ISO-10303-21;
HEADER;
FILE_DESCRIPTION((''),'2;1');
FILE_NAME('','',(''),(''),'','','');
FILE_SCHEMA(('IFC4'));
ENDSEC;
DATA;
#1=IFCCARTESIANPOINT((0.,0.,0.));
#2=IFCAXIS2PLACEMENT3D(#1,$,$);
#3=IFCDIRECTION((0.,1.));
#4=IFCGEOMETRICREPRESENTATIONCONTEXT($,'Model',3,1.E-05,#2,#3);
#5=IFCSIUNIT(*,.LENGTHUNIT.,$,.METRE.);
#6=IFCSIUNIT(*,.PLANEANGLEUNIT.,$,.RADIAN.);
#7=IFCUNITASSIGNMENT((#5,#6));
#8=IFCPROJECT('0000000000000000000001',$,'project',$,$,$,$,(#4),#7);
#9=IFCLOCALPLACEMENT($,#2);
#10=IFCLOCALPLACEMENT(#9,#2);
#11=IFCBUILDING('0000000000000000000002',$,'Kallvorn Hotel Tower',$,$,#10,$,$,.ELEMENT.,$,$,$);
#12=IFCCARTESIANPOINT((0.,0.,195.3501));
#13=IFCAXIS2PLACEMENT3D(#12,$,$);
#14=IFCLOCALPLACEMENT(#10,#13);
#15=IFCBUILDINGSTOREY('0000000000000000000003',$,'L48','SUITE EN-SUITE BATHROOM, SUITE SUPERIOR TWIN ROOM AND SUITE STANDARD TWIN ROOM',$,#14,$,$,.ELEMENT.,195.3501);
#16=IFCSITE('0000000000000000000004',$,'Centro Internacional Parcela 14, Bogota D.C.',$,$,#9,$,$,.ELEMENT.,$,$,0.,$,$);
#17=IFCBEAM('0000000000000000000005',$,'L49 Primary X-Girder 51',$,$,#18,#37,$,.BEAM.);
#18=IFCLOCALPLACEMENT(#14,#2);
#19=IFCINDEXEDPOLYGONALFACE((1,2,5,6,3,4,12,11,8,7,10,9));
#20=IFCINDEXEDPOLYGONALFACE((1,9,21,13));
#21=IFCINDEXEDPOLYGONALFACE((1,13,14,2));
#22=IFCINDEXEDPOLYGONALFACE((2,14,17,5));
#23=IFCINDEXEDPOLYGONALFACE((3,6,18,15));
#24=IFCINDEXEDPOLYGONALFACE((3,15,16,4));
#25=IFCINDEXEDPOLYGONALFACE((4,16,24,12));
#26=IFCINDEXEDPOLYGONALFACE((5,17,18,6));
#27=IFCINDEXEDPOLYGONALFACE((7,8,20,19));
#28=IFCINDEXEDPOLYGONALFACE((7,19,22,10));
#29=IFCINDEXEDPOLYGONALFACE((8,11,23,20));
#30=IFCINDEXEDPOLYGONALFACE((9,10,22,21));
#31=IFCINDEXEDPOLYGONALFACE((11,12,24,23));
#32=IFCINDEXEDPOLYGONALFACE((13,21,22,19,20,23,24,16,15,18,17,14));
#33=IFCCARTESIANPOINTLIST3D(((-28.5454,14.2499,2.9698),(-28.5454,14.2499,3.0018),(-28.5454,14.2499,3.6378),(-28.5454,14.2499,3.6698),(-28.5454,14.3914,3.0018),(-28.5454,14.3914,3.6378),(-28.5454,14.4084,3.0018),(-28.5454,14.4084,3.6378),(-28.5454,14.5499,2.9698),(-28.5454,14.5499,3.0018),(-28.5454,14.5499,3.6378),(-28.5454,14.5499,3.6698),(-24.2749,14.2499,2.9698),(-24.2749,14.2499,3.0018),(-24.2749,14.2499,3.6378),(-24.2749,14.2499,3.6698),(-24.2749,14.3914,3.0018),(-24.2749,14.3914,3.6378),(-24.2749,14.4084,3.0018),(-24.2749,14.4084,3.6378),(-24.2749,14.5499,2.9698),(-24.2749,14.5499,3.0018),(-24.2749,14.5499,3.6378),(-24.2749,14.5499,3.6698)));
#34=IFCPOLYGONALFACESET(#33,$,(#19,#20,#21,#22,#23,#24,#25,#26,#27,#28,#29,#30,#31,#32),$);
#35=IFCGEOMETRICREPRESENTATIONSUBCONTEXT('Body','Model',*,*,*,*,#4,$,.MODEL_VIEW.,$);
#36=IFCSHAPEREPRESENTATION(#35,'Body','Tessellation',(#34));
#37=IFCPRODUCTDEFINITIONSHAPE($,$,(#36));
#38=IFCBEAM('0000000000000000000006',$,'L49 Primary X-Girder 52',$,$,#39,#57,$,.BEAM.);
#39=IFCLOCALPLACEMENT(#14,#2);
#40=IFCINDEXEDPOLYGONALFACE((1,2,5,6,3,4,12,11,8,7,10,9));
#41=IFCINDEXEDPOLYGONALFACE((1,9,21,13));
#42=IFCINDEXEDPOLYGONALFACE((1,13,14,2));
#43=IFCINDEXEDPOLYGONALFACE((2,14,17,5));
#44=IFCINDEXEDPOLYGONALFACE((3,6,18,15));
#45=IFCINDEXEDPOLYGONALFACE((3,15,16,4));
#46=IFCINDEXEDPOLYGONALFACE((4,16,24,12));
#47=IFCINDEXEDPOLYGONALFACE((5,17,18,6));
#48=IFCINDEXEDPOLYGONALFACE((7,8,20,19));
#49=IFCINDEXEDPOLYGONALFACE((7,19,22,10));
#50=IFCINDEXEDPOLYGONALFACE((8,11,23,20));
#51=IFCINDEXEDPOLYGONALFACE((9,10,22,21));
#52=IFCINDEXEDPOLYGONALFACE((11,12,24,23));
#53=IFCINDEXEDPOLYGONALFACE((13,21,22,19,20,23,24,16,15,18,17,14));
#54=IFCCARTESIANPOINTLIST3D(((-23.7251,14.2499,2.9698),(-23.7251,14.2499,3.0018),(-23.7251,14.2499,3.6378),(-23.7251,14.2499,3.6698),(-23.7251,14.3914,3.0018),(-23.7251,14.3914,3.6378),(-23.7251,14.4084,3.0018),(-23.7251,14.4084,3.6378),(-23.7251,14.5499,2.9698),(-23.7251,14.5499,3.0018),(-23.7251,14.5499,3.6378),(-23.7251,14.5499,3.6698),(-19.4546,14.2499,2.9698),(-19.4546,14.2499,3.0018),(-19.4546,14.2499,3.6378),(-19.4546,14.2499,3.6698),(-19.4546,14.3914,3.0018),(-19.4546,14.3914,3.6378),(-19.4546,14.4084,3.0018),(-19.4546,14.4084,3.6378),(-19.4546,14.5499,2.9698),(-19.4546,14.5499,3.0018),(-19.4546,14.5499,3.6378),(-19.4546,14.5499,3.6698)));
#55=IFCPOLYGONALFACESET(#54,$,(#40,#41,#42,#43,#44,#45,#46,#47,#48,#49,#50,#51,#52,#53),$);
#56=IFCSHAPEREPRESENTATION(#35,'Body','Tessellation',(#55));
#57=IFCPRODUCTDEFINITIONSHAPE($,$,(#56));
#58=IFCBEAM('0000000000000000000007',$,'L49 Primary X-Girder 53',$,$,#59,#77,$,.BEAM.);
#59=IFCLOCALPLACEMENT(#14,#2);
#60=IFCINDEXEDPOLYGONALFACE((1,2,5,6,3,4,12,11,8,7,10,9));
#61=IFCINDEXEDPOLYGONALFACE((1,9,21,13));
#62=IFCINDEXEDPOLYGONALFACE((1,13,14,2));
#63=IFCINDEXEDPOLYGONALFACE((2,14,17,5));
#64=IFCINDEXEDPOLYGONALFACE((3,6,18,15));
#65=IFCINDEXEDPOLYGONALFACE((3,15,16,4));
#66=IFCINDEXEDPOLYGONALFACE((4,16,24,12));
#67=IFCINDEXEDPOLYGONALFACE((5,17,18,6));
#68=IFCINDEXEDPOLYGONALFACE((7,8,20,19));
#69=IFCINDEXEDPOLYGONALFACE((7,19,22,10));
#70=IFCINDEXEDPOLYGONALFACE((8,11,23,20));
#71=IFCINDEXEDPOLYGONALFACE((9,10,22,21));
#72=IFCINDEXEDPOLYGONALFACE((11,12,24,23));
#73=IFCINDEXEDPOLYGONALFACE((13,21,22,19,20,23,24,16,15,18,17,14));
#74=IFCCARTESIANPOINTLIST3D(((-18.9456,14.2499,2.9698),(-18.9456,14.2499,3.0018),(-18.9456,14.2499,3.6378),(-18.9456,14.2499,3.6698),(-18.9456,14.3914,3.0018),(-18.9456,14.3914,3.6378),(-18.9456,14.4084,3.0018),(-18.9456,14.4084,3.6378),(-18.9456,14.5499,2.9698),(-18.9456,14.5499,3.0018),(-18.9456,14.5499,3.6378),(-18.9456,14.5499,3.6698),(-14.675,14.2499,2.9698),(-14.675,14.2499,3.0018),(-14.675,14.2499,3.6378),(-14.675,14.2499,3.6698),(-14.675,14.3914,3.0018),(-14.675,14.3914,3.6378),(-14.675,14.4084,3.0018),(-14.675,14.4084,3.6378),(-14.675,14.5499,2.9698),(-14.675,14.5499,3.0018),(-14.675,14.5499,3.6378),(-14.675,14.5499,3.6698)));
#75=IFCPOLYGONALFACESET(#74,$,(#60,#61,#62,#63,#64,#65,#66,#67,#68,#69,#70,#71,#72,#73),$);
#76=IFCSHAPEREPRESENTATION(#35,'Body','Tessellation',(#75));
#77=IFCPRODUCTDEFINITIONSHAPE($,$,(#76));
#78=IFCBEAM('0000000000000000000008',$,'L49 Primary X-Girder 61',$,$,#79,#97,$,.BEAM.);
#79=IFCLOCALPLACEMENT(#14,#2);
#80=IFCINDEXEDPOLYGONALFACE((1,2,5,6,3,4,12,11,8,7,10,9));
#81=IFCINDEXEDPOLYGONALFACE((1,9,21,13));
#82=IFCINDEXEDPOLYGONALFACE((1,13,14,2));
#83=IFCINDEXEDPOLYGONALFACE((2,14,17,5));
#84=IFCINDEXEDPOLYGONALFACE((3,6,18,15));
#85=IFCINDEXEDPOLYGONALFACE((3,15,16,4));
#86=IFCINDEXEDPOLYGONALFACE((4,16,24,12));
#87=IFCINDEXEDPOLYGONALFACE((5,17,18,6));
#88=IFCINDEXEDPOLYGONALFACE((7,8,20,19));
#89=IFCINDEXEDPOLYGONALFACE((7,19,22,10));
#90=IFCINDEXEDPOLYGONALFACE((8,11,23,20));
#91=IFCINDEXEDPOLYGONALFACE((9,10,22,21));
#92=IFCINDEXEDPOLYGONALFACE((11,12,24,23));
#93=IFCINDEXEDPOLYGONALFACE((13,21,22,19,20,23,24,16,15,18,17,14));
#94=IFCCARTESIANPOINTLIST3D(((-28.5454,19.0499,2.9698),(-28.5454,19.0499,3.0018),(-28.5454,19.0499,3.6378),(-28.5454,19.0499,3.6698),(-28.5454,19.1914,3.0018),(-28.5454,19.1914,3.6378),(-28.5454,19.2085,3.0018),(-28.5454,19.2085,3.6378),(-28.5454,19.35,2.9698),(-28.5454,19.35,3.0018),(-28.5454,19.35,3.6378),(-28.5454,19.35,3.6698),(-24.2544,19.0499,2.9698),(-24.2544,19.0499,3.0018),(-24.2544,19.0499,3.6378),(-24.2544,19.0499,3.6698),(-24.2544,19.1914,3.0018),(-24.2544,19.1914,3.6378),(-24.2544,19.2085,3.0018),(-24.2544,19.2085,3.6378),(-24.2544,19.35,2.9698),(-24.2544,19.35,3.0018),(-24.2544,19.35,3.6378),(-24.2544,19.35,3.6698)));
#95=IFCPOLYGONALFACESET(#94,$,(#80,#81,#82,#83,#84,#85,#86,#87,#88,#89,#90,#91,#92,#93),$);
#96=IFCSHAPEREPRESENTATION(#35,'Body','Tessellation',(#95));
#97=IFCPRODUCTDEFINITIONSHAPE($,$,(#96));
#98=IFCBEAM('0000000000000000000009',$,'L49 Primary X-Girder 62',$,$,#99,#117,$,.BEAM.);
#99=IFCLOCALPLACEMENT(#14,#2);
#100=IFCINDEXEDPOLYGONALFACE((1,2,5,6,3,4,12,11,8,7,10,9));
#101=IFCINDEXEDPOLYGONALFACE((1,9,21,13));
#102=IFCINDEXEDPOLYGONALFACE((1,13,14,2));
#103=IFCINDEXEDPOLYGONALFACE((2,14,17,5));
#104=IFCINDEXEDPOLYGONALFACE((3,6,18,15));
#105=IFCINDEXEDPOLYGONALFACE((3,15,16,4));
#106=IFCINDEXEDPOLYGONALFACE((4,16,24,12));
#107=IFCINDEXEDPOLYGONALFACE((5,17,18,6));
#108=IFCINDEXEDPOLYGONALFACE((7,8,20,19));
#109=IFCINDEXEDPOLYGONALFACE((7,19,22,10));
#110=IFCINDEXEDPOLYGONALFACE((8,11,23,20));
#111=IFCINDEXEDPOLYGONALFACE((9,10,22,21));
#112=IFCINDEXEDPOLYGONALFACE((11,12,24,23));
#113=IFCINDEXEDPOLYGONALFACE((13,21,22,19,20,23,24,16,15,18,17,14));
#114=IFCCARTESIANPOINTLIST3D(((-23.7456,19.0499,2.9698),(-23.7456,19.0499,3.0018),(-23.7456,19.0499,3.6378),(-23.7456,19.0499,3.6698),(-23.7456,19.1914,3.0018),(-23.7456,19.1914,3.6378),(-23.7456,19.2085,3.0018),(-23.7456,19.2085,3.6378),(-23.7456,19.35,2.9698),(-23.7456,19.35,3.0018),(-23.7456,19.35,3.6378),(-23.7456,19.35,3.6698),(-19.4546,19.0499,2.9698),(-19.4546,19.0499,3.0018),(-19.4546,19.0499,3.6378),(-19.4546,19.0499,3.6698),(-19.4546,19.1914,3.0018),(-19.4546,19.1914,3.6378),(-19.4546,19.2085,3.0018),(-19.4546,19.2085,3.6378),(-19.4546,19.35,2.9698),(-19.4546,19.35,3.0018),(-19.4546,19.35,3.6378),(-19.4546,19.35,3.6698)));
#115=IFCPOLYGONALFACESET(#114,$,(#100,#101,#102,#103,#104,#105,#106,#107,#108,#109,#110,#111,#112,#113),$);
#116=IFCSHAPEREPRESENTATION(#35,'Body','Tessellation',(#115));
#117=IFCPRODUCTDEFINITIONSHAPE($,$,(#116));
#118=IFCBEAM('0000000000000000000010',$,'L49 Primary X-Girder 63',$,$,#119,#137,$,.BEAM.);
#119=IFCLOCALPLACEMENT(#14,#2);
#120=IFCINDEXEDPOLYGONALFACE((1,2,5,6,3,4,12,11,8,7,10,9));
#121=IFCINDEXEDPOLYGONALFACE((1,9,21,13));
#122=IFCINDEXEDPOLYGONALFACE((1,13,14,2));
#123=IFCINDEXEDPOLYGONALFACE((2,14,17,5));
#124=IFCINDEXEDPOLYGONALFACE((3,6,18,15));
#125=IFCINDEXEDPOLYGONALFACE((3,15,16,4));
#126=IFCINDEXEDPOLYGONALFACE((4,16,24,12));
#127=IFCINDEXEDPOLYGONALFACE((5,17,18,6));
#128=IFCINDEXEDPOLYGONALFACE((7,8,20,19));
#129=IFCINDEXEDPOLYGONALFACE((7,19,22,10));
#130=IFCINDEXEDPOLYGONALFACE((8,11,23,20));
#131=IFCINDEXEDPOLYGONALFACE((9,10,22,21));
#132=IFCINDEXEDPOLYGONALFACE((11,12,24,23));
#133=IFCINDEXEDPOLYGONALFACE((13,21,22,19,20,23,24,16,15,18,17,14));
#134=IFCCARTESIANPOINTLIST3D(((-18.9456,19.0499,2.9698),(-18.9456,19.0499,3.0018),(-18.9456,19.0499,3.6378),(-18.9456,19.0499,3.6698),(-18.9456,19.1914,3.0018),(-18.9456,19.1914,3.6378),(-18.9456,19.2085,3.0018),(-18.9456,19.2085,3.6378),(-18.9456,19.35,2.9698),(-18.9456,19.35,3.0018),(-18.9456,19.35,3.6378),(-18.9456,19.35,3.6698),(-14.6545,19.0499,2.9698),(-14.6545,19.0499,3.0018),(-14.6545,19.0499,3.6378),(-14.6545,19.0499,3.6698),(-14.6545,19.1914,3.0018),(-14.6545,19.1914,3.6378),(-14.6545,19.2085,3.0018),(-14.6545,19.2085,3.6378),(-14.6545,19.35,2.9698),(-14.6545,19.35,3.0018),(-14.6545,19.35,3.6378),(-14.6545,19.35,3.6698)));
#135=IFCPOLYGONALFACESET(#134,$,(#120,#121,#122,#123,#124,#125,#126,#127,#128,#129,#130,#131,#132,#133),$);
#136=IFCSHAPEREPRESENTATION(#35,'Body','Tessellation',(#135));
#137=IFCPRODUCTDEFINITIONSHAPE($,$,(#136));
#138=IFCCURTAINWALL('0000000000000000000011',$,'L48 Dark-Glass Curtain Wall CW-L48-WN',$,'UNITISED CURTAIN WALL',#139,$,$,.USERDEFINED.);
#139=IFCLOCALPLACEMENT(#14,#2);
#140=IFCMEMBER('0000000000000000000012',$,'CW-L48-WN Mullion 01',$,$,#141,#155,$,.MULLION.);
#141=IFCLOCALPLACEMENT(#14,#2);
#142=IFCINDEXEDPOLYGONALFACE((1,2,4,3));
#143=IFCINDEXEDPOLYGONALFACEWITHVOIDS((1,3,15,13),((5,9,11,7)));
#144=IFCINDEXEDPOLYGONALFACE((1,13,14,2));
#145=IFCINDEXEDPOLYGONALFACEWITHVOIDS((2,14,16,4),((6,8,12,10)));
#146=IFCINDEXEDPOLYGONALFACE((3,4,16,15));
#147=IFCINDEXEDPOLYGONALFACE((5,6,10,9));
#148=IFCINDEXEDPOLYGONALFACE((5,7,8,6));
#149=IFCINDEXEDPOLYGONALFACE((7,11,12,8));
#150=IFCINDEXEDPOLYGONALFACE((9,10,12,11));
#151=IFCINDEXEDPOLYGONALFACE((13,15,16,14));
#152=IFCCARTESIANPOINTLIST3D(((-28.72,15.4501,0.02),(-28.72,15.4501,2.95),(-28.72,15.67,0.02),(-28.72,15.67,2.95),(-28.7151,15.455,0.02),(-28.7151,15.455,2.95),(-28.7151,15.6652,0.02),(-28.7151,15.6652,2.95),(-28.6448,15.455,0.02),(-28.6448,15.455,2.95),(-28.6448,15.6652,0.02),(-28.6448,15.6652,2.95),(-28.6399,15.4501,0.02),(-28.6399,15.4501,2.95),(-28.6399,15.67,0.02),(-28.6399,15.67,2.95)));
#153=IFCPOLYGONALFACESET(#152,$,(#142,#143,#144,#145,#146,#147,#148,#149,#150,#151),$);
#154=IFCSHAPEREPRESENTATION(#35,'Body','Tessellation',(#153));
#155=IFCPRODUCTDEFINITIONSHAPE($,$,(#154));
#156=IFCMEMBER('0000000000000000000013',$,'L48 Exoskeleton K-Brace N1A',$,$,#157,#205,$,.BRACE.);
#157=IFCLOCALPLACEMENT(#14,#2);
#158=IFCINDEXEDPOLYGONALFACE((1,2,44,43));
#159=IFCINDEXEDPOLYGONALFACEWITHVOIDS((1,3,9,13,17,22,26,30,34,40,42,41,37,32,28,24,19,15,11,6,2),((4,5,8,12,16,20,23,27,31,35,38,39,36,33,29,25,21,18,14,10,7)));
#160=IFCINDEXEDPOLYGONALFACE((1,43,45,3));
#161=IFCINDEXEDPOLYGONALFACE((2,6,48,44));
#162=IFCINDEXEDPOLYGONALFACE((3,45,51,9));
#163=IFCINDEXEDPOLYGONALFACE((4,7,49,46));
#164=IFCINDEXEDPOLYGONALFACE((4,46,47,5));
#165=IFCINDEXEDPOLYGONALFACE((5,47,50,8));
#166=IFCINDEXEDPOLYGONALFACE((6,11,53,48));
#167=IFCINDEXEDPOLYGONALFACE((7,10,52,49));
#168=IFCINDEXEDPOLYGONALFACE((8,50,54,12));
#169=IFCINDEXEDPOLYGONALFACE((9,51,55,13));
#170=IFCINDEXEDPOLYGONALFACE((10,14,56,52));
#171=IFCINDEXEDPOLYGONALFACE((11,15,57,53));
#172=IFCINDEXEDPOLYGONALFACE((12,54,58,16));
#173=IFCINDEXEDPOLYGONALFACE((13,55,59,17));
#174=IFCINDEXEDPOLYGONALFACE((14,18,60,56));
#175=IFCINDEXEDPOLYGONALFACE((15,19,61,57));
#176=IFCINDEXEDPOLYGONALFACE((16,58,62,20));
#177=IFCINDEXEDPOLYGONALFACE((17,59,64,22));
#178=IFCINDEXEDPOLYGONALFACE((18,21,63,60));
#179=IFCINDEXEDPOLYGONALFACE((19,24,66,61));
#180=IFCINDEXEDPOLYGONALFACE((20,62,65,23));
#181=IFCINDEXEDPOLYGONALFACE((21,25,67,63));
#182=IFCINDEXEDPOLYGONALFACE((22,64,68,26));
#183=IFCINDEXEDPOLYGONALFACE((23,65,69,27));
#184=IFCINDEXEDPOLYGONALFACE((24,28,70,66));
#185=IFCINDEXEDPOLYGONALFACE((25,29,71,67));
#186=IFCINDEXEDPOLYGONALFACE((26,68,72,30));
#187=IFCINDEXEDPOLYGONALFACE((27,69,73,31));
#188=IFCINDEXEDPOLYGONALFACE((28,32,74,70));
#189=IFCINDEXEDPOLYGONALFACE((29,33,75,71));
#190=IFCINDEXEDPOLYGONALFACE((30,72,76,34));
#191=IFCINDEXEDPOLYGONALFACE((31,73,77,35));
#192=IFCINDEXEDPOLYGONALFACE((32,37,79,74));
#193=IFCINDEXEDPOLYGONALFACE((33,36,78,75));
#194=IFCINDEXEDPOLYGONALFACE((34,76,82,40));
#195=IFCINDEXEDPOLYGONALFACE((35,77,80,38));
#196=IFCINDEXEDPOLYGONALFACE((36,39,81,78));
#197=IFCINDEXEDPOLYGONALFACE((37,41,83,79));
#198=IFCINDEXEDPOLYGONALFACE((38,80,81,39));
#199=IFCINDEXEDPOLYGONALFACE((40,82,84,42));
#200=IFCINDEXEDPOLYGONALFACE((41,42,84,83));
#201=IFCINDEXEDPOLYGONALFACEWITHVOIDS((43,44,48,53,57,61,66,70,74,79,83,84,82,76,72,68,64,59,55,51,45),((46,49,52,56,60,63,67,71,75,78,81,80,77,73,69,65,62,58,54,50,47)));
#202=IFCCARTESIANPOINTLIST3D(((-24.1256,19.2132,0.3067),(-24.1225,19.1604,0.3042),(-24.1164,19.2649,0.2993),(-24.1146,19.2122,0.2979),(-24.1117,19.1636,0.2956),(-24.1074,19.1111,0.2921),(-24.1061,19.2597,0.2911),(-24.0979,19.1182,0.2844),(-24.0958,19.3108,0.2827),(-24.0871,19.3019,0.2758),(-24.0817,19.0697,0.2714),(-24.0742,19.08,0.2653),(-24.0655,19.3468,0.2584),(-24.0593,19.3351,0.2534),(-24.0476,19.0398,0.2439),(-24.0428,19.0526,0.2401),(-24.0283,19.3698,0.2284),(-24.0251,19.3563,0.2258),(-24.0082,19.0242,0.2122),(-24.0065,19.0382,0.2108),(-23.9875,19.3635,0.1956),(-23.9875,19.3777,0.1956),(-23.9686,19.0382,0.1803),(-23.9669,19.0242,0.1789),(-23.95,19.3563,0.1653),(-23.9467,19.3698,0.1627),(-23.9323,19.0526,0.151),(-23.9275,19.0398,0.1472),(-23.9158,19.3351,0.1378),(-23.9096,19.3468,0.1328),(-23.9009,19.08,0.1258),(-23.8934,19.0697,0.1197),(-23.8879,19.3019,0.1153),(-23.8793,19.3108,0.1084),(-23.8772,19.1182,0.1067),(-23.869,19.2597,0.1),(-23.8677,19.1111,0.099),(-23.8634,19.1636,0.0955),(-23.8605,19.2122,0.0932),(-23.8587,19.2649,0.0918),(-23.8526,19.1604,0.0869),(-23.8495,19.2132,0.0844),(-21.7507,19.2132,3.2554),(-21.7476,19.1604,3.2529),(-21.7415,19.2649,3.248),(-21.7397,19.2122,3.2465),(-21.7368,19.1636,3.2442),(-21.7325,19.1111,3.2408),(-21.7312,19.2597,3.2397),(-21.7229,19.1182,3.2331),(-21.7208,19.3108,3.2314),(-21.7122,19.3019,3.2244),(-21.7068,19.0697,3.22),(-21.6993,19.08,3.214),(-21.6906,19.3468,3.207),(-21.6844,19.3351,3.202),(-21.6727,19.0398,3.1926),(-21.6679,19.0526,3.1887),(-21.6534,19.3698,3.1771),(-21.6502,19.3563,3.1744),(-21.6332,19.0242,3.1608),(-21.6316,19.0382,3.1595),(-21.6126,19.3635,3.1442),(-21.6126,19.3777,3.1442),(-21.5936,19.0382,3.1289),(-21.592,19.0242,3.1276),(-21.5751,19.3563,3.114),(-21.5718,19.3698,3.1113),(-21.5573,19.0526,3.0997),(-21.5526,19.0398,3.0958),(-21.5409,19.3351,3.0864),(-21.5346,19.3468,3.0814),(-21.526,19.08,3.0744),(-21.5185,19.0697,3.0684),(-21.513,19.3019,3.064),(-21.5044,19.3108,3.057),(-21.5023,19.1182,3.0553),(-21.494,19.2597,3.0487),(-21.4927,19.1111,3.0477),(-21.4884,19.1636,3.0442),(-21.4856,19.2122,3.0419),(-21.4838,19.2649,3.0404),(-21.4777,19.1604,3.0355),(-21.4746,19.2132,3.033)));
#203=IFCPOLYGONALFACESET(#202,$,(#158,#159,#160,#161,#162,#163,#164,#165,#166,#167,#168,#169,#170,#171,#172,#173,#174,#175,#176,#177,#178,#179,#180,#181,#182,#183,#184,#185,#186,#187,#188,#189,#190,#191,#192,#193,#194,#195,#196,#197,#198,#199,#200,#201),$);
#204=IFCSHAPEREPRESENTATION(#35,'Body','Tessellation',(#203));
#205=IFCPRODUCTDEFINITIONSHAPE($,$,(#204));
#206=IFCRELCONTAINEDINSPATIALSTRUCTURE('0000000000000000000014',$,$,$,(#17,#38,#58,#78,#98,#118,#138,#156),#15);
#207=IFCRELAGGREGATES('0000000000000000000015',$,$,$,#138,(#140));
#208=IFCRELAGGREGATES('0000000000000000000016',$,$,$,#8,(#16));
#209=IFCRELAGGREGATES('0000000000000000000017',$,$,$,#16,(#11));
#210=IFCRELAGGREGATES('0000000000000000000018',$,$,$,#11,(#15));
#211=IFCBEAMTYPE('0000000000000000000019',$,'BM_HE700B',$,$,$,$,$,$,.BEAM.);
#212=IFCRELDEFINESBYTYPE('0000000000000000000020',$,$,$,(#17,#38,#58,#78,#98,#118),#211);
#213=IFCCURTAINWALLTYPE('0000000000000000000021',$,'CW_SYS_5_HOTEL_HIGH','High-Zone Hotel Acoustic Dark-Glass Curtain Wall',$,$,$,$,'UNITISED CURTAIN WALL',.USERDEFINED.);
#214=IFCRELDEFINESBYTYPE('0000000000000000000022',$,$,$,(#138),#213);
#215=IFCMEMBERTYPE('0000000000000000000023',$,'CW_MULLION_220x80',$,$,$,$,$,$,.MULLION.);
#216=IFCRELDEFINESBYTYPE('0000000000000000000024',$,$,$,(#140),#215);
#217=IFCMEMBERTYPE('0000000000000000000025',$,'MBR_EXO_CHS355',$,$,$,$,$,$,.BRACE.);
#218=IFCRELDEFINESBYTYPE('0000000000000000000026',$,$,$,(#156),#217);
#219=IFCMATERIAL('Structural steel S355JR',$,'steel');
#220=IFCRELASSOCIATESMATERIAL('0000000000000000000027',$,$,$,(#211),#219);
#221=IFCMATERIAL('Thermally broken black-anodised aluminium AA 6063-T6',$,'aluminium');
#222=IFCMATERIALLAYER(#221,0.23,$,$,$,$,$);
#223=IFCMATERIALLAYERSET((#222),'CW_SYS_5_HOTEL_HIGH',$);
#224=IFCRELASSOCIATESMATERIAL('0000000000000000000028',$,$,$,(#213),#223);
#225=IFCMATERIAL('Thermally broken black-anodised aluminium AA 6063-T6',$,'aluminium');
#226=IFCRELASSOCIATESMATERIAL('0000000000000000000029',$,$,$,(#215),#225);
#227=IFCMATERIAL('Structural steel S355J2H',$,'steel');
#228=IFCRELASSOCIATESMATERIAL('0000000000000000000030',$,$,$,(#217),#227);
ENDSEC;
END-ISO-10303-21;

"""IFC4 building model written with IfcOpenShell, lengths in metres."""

from ifc_helpers import new_model, si_unit, direction, frame, origin, origin_2d, place, context, subcontext, project, spatial, hollow_rectangle, hollow_circle, i_section, extrude, material, layer, layer_set, material_profile, profile_set, type_object, element, aggregate, save


model = new_model("IFC4")

# Units and contexts
model_context = context("Model", 3, precision=1e-05, world=origin(), true_north=direction((0.0, 1.0)))
body_context = subcontext(model_context, "Body", "Model", "MODEL_VIEW")
ifc_project = project(units=[si_unit("LENGTHUNIT", "METRE"), si_unit("PLANEANGLEUNIT", "RADIAN")], contexts=[model_context])

# Site, building, storey
site_placement = place(None, origin())
site = spatial("IfcSite", under=ifc_project, at=site_placement, Name="Centro Internacional Parcela 14, Bogota D.C.", CompositionType="ELEMENT", RefElevation=0.0)
building_placement = place(site_placement, origin())
building = spatial("IfcBuilding", under=site, at=building_placement, Name="Kallvorn Hotel Tower", CompositionType="ELEMENT")
storey_placement = place(building_placement, frame((0.0, 0.0, 195.3501)))
storey = spatial("IfcBuildingStorey", under=building, at=storey_placement, Name="L48", Description="SUITE EN-SUITE BATHROOM, SUITE SUPERIOR TWIN ROOM AND SUITE STANDARD TWIN ROOM", CompositionType="ELEMENT", Elevation=195.3501)

# Beams
ifc_material_1 = material(Name="Structural steel S355JR", Category="steel")
ifc_material_profile_1 = material_profile(ifc_material_1, i_section(OverallWidth=0.3, OverallDepth=0.7, WebThickness=0.0171, FlangeThickness=0.032, at=origin_2d()), Name="HE 700 B")
ifc_profile_set_1 = profile_set([ifc_material_profile_1], Name="Structural steel S355JR")
beam_type_1 = type_object("IfcBeamType", Name="BM_HE700B", PredefinedType="BEAM", material=ifc_profile_set_1)
for number, where, z_axis, x_axis, name in (
    (1, (-28.5454, 14.3999, 3.3198), (1.0, 0.0, 0.0), (0.0, 1.0, 0.0), "L49 Primary X-Girder 51"),
    (2, (-23.7251, 14.3999, 3.3198), (1.0, 0.0, 0.0), (0.0, 1.0, 0.0), "L49 Primary X-Girder 52"),
    (3, (-18.9456, 14.3999, 3.3198), (1.0, 0.0, 0.0), (0.0, 1.0, 0.0), "L49 Primary X-Girder 53"),
):
    element("IfcBeam", number, at=place(storey_placement, frame(where, z_axis=z_axis, x_axis=x_axis)), inside=storey, type_object=beam_type_1, Name=name, PredefinedType="BEAM", context=body_context, shape_type="SweptSolid", body=[
        extrude(i_section(OverallWidth=0.3, OverallDepth=0.7, WebThickness=0.0171, FlangeThickness=0.032, at=origin_2d()), origin(), (0.0, 0.0, 1.0), 4.2705),
    ])
for number, where, z_axis, x_axis, name in (
    (4, (-28.5454, 19.2, 3.3198), (1.0, 0.0, 0.0), (0.0, 1.0, 0.0), "L49 Primary X-Girder 61"),
    (5, (-23.7456, 19.2, 3.3198), (1.0, 0.0, 0.0), (0.0, 1.0, 0.0), "L49 Primary X-Girder 62"),
    (6, (-18.9456, 19.2, 3.3198), (1.0, 0.0, 0.0), (0.0, 1.0, 0.0), "L49 Primary X-Girder 63"),
):
    element("IfcBeam", number, at=place(storey_placement, frame(where, z_axis=z_axis, x_axis=x_axis)), inside=storey, type_object=beam_type_1, Name=name, PredefinedType="BEAM", context=body_context, shape_type="SweptSolid", body=[
        extrude(i_section(OverallWidth=0.3, OverallDepth=0.7, WebThickness=0.0171, FlangeThickness=0.032, at=origin_2d()), origin(), (0.0, 0.0, 1.0), 4.291),
    ])

# Curtain wall, member
ifc_material_2 = material(Name="Thermally broken black-anodised aluminium AA 6063-T6", Category="aluminium")
ifc_layer_1 = layer(ifc_material_2, 0.23)
ifc_layer_set_1 = layer_set([ifc_layer_1], Name="CW_SYS_5_HOTEL_HIGH")
curtain_wall_type = type_object("IfcCurtainWallType", Name="CW_SYS_5_HOTEL_HIGH", Description="High-Zone Hotel Acoustic Dark-Glass Curtain Wall", ElementType="UNITISED CURTAIN WALL", PredefinedType="USERDEFINED", material=ifc_layer_set_1)
curtain_wall_placement = place(storey_placement, origin())
curtain_wall = element("IfcCurtainWall", 7, at=curtain_wall_placement, inside=storey, type_object=curtain_wall_type, Name="L48 Dark-Glass Curtain Wall CW-L48-WN", ObjectType="UNITISED CURTAIN WALL", PredefinedType="USERDEFINED")
ifc_material_3 = material(Name="Thermally broken black-anodised aluminium AA 6063-T6", Category="aluminium")
ifc_material_profile_2 = material_profile(ifc_material_3, hollow_rectangle(XDim=0.0801, YDim=0.22, WallThickness=0.0049, at=origin_2d()), Name="MUL 220x80")
ifc_profile_set_2 = profile_set([ifc_material_profile_2], Name="Thermally broken black-anodised aluminium AA 6063-T6")
member_type_1 = type_object("IfcMemberType", Name="CW_MULLION_220x80", PredefinedType="MULLION", material=ifc_profile_set_2)
member_placement = place(storey_placement, frame((-28.6799, 15.5601, 0.02), z_axis=(0.0, 0.0, 1.0), x_axis=(1.0, 0.0, 0.0)))
member = element("IfcMember", 8, at=member_placement, type_object=member_type_1, Name="CW-L48-WN Mullion 01", PredefinedType="MULLION", context=body_context, shape_type="SweptSolid", body=[
    extrude(hollow_rectangle(XDim=0.0801, YDim=0.22, WallThickness=0.0049, at=origin_2d()), origin(), (0.0, 0.0, 1.0), 2.9299),
])
aggregate(curtain_wall, [member])

# Member
ifc_material_4 = material(Name="Structural steel S355J2H", Category="steel")
ifc_material_profile_3 = material_profile(ifc_material_4, hollow_circle(Radius=0.1777, WallThickness=0.0142, at=origin_2d()), Name="CHS 355.6x14.2")
ifc_profile_set_3 = profile_set([ifc_material_profile_3], Name="Structural steel S355J2H")
member_type_2 = type_object("IfcMemberType", Name="MBR_EXO_CHS355", PredefinedType="BRACE", material=ifc_profile_set_3)
for number, where, z_axis, x_axis, name in (
    (9, (-23.9875, 19.2, 0.1956), (0.627271, 0.0, 0.778801), (0.0, 1.0, 0.0), "L48 Exoskeleton K-Brace N1A"),
):
    element("IfcMember", number, at=place(storey_placement, frame(where, z_axis=z_axis, x_axis=x_axis)), inside=storey, type_object=member_type_2, Name=name, PredefinedType="BRACE", context=body_context, shape_type="SweptSolid", body=[
        extrude(hollow_circle(Radius=0.1777, WallThickness=0.0142, at=origin_2d()), origin(), (0.0, 0.0, 1.0), 3.7861),
    ])

save(model, "model.ifc")
